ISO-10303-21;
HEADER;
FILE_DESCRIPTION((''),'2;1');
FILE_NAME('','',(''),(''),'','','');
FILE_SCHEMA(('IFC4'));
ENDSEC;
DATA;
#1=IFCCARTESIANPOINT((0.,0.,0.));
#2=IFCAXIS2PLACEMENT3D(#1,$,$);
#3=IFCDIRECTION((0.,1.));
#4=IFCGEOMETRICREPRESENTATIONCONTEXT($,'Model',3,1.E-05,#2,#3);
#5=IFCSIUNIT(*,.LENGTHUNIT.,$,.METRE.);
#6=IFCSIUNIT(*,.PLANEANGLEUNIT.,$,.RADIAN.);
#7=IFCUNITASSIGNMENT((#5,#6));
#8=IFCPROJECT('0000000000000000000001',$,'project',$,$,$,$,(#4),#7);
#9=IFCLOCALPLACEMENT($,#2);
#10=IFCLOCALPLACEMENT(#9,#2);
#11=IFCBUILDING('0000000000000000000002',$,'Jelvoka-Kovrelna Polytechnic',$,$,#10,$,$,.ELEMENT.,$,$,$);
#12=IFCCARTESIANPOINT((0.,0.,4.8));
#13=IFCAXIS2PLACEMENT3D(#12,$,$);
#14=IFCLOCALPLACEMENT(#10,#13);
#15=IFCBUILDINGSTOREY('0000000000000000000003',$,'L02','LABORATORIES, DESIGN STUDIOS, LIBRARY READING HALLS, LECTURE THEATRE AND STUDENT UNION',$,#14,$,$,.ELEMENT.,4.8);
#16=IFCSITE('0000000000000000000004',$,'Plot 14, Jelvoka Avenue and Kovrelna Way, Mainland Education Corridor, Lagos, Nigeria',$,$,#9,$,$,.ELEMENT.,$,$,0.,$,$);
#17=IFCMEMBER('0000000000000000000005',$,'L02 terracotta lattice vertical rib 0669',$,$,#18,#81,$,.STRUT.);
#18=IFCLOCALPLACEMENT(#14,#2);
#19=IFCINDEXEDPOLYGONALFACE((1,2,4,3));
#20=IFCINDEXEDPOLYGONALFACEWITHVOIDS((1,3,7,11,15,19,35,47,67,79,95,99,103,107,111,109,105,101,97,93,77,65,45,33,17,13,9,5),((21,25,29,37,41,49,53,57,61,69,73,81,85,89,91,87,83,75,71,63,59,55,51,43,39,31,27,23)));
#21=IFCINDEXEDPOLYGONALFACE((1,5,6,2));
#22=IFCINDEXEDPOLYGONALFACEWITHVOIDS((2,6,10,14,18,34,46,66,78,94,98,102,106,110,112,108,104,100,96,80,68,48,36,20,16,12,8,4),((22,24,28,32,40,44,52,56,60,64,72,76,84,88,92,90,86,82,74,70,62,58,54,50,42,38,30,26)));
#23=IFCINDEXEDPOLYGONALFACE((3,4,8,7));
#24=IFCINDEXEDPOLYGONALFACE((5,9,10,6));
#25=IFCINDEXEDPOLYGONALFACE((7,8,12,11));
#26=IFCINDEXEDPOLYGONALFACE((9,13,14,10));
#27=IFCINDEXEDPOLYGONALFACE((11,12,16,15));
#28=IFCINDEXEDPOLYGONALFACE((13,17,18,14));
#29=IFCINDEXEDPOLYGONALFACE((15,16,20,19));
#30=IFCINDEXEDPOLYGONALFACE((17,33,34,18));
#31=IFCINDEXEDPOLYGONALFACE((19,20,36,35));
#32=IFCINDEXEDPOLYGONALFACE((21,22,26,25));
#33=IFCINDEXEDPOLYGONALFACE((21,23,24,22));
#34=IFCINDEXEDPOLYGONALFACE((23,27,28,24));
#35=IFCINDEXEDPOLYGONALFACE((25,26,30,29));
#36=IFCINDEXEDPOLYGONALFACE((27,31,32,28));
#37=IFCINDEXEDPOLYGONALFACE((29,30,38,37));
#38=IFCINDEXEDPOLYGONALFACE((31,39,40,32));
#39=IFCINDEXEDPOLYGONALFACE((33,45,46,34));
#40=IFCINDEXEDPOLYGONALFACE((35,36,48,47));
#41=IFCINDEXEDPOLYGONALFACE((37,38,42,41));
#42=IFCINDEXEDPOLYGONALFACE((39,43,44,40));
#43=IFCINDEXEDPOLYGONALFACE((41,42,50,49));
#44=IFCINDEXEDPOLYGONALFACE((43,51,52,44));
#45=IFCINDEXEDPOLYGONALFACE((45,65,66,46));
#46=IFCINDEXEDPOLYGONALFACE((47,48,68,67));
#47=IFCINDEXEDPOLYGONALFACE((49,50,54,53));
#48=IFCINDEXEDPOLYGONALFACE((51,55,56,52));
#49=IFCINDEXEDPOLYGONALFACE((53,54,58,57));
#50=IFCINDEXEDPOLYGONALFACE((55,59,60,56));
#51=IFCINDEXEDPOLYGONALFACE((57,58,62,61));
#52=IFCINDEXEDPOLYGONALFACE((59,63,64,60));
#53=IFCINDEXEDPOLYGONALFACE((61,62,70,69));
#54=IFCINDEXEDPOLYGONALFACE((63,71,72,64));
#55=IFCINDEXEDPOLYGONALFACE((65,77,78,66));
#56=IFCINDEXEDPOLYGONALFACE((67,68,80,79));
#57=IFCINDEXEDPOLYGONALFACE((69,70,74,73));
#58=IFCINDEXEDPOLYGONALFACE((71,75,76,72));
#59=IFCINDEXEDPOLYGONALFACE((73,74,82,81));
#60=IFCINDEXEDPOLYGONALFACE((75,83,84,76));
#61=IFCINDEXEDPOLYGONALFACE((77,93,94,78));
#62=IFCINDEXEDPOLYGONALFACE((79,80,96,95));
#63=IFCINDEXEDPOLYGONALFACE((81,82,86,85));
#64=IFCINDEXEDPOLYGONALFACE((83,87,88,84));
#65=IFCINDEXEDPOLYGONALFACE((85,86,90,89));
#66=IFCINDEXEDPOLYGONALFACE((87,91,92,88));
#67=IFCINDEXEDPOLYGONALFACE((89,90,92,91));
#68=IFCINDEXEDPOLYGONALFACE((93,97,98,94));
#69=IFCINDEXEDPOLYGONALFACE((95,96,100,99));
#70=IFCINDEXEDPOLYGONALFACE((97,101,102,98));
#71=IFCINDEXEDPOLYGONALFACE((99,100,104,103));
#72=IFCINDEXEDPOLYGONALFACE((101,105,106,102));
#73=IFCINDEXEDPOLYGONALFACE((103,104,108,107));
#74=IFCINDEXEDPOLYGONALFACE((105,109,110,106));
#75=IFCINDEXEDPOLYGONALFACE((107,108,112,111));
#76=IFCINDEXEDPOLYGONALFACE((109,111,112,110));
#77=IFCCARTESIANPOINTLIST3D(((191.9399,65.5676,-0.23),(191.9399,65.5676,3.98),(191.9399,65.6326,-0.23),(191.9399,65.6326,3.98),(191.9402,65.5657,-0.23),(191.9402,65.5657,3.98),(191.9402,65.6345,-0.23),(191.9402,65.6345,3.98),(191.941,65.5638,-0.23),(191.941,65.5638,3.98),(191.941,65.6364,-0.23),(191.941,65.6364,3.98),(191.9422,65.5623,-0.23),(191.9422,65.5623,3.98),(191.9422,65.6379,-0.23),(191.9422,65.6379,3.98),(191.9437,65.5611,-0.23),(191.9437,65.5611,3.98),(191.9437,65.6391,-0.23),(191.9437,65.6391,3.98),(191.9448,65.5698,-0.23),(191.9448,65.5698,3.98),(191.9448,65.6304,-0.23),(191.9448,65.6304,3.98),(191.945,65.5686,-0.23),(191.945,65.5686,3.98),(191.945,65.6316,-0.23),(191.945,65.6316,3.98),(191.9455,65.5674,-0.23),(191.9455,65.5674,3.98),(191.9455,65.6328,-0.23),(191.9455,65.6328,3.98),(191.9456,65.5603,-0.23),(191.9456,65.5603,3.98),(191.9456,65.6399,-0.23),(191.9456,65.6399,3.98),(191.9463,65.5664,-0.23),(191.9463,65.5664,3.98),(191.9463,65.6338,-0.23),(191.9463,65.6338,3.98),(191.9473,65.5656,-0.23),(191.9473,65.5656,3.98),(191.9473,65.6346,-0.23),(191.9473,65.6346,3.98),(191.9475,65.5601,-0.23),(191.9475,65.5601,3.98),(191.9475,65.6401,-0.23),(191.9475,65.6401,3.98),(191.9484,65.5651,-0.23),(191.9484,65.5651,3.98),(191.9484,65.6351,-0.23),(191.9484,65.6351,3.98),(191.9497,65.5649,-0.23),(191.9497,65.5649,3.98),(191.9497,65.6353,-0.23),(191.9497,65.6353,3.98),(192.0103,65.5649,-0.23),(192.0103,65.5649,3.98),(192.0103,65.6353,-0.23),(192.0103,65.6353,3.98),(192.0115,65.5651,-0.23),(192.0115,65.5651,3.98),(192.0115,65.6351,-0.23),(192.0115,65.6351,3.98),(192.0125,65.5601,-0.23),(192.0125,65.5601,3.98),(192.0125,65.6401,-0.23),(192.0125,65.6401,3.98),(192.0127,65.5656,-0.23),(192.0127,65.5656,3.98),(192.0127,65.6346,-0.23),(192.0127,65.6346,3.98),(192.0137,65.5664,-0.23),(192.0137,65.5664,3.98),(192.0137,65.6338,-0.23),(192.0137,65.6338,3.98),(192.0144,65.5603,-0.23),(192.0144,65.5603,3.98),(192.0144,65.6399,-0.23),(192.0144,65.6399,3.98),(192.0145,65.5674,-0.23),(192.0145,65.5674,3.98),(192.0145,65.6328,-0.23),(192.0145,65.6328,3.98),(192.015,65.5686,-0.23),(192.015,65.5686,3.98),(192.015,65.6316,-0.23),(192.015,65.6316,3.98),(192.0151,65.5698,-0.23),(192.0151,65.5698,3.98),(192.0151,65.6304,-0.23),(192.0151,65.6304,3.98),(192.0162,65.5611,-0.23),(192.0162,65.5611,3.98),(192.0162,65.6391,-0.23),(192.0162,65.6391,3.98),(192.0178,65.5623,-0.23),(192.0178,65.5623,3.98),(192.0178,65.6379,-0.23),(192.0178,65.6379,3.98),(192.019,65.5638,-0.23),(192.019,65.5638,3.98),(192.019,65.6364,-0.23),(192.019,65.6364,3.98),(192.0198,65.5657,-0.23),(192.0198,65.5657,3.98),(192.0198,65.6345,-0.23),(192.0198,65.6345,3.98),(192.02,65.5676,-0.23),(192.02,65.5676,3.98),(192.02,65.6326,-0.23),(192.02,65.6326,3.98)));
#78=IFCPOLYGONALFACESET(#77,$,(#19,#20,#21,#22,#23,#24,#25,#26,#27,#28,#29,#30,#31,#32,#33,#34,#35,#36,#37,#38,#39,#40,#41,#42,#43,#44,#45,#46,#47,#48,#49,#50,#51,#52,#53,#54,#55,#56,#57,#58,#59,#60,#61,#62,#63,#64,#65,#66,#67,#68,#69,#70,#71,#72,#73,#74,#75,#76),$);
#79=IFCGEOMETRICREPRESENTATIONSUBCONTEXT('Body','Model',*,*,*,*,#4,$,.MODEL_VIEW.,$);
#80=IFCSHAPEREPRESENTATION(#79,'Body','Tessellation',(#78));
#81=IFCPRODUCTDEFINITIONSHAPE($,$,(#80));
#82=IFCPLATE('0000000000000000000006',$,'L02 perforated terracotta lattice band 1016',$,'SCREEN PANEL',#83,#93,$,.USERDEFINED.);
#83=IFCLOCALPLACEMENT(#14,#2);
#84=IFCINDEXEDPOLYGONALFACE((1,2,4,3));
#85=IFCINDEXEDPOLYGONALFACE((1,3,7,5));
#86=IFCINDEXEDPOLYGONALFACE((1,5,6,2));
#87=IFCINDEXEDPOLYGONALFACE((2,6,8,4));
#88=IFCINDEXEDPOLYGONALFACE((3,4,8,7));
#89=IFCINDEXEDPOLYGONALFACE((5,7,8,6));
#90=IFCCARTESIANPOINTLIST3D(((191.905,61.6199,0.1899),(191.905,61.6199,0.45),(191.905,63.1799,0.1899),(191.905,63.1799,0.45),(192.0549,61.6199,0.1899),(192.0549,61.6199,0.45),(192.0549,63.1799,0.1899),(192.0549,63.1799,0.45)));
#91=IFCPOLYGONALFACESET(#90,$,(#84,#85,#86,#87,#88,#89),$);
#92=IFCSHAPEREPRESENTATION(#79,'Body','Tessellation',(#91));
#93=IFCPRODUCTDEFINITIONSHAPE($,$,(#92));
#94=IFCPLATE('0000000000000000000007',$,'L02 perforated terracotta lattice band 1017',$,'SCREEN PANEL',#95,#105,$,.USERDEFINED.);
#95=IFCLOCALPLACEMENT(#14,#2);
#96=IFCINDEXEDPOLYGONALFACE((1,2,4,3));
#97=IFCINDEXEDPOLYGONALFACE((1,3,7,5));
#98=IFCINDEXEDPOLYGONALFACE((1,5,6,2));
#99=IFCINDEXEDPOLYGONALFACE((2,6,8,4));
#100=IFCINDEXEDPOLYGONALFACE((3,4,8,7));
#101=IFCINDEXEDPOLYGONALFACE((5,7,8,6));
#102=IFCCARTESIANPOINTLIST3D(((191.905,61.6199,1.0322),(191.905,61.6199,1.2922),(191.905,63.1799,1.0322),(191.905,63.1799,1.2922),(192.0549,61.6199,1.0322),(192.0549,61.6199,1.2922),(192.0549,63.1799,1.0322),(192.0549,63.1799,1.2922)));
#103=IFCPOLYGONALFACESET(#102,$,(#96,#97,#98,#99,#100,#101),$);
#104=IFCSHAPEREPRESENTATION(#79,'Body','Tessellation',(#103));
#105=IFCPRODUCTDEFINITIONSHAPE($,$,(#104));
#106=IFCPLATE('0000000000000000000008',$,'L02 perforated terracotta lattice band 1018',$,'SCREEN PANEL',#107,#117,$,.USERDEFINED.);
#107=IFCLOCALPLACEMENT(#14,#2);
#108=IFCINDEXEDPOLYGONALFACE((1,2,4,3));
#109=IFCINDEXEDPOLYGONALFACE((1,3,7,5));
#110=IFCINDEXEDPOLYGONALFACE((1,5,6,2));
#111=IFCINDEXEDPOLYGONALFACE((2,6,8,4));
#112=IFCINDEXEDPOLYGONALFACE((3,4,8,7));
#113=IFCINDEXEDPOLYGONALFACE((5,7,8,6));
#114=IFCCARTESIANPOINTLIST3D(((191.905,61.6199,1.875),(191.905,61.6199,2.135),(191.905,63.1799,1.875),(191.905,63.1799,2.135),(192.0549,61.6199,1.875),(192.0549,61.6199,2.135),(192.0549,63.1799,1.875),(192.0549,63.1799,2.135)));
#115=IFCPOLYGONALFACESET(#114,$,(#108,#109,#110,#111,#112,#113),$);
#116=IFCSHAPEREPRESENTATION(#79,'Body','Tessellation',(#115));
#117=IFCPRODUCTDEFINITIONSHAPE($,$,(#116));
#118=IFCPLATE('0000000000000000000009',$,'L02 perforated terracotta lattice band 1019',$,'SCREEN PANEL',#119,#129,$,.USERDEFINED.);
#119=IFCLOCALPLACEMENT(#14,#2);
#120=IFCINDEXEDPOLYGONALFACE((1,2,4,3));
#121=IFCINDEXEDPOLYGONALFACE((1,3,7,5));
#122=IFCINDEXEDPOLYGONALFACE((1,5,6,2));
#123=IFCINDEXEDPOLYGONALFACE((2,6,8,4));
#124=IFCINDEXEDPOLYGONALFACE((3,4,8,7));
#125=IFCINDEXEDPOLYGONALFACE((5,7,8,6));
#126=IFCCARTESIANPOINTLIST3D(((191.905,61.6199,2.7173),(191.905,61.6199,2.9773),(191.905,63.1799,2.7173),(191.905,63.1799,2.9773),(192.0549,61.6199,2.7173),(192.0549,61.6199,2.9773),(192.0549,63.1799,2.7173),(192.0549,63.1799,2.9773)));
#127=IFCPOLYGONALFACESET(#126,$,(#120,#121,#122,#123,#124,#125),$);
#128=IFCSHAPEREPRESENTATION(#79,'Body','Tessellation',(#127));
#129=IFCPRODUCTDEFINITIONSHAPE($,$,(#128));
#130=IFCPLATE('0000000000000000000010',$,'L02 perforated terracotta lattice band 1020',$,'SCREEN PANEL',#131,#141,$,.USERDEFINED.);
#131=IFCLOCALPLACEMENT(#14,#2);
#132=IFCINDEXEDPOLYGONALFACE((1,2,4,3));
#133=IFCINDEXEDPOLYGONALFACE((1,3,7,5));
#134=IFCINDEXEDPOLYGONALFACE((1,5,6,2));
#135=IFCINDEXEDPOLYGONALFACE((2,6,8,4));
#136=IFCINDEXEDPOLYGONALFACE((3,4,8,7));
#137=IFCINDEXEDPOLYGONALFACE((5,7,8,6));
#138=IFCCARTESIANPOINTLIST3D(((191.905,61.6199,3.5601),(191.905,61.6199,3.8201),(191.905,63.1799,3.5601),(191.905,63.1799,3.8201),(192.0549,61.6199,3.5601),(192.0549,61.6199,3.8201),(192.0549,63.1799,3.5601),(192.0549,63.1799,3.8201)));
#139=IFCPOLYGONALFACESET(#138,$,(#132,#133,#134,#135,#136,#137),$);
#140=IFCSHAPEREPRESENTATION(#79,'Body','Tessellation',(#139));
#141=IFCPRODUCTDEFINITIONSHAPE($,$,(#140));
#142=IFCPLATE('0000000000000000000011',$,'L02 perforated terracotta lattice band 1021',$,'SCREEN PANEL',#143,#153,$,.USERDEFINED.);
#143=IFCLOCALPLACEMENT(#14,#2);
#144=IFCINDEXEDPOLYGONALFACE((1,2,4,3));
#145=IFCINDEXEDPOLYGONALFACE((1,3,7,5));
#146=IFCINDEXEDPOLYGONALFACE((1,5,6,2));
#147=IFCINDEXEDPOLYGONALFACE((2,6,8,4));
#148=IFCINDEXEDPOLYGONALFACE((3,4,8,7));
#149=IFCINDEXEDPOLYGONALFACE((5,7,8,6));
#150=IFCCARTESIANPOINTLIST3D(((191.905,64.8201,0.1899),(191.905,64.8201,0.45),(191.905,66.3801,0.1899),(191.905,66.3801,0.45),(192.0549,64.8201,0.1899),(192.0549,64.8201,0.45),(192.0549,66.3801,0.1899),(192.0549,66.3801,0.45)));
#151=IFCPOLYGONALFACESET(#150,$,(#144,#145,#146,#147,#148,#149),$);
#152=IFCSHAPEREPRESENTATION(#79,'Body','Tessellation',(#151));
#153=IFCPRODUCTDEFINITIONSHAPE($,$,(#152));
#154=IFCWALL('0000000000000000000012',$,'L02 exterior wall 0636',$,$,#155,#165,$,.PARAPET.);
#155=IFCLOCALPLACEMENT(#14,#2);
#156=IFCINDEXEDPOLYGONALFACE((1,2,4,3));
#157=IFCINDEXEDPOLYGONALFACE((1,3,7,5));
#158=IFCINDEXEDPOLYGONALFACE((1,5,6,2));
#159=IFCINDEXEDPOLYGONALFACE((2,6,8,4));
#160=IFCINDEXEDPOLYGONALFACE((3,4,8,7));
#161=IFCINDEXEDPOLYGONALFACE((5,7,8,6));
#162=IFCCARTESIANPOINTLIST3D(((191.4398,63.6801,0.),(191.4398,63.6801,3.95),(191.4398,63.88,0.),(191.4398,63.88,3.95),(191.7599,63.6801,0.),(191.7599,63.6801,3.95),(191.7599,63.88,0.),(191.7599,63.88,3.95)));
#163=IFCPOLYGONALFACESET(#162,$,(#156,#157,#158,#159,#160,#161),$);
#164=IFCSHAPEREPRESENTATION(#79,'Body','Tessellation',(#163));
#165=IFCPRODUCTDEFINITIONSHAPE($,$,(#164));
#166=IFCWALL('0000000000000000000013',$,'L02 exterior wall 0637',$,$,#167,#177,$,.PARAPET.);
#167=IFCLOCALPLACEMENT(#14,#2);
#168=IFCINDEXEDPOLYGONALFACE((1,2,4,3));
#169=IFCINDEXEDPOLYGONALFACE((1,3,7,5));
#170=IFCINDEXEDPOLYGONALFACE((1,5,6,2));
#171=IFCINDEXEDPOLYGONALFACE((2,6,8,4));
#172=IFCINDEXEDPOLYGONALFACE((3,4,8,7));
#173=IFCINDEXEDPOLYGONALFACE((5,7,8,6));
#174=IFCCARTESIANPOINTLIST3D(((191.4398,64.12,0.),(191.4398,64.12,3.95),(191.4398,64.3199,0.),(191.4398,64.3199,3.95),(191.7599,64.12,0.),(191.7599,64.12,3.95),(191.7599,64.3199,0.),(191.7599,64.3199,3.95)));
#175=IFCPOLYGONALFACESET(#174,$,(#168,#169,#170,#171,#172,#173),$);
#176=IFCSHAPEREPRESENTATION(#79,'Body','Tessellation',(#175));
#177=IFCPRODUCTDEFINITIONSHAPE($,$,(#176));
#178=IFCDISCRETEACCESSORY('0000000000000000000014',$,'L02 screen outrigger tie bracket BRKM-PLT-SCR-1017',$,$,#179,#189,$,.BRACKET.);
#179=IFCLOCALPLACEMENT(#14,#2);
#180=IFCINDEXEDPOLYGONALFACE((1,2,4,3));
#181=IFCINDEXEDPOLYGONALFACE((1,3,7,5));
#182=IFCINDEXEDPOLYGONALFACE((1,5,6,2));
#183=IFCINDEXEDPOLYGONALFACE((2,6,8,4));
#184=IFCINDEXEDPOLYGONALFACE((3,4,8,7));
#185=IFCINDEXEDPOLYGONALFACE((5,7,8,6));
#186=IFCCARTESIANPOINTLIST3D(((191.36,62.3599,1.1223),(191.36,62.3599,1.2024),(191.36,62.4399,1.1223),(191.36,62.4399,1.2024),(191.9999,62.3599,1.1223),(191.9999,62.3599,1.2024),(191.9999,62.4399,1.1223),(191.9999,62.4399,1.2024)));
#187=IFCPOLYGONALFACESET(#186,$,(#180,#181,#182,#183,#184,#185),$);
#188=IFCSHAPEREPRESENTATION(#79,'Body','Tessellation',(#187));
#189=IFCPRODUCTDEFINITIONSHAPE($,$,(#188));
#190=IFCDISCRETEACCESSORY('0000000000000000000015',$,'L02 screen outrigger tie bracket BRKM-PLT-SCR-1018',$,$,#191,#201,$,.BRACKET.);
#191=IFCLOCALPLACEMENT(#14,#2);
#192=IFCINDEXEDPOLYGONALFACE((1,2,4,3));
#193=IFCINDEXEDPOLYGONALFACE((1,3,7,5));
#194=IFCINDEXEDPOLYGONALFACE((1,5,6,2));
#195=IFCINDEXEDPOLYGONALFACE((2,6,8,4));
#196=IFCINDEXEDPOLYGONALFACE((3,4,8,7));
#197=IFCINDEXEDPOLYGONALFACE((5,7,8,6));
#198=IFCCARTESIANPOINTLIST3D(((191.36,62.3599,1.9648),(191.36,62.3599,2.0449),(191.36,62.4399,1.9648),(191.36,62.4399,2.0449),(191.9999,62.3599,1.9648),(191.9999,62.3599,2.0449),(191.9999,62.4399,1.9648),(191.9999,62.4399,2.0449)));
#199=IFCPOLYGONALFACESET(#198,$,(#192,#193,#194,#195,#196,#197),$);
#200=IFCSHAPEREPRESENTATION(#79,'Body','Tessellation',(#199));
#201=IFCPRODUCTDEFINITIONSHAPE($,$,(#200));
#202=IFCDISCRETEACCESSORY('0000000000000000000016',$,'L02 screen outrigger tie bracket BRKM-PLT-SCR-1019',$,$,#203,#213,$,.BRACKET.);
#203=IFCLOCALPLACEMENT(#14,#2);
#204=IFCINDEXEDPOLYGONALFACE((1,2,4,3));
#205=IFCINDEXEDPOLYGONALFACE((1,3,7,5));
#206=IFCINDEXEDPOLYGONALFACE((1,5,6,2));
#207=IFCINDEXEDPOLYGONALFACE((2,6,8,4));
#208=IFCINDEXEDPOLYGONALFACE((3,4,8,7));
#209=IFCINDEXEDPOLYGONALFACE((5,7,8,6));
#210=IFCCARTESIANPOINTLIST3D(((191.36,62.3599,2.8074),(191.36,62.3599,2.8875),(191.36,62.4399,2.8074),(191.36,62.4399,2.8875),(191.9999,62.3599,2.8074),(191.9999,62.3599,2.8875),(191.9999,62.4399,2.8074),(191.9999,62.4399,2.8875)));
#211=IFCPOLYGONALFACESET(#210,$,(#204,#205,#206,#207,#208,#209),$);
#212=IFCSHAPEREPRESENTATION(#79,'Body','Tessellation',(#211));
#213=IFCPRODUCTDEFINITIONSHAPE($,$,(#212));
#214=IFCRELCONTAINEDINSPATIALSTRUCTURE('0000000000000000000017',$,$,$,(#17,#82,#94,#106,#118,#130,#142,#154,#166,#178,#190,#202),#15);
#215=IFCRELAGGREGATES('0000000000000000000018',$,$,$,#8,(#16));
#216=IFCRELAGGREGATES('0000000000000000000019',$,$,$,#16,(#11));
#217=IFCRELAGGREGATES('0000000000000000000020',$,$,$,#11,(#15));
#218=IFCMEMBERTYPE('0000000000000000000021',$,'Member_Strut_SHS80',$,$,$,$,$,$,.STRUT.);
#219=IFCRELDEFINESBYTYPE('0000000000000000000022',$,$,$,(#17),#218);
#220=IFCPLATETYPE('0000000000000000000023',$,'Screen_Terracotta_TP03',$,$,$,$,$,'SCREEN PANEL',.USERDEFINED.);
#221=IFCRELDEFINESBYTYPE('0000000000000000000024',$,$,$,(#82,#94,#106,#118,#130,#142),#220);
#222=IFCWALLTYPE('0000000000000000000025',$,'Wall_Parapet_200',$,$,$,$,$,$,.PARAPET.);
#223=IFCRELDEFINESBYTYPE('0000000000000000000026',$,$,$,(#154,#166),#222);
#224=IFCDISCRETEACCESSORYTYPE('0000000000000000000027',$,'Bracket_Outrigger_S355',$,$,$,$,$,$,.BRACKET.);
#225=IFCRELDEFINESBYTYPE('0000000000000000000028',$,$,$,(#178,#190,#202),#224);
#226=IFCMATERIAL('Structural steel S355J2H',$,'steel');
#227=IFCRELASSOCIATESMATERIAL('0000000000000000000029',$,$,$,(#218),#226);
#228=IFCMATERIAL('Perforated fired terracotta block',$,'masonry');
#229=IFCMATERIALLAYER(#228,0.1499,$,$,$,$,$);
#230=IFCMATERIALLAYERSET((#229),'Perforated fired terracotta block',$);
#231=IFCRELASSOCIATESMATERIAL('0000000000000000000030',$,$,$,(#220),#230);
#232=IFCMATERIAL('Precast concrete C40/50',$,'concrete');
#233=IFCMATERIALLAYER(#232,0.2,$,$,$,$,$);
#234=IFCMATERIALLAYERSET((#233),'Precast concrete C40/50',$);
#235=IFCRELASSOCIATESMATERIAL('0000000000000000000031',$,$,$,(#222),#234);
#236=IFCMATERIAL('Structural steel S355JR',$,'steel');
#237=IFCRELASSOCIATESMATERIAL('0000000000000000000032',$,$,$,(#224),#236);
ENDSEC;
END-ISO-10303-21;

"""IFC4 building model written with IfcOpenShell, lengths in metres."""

from ifc_helpers import new_model, si_unit, direction, frame, frame_2d, origin, origin_2d, place, context, subcontext, project, spatial, rectangle, hollow_rectangle, extrude, material, layer, layer_set, material_profile, profile_set, type_object, element, save


model = new_model("IFC4")

# Units and contexts
model_context = context("Model", 3, precision=1e-05, world=origin(), true_north=direction((0.0, 1.0)))
body_context = subcontext(model_context, "Body", "Model", "MODEL_VIEW")
ifc_project = project(units=[si_unit("LENGTHUNIT", "METRE"), si_unit("PLANEANGLEUNIT", "RADIAN")], contexts=[model_context])

# Site, building, storey
site_placement = place(None, origin())
site = spatial("IfcSite", under=ifc_project, at=site_placement, Name="Plot 14, Jelvoka Avenue and Kovrelna Way, Mainland Education Corridor, Lagos, Nigeria", CompositionType="ELEMENT", RefElevation=0.0)
building_placement = place(site_placement, origin())
building = spatial("IfcBuilding", under=site, at=building_placement, Name="Jelvoka-Kovrelna Polytechnic", CompositionType="ELEMENT")
storey_placement = place(building_placement, frame((0.0, 0.0, 4.8)))
storey = spatial("IfcBuildingStorey", under=building, at=storey_placement, Name="L02", Description="LABORATORIES, DESIGN STUDIOS, LIBRARY READING HALLS, LECTURE THEATRE AND STUDENT UNION", CompositionType="ELEMENT", Elevation=4.8)

# Member
ifc_material_1 = material(Name="Structural steel S355J2H", Category="steel")
ifc_material_profile_1 = material_profile(ifc_material_1, hollow_rectangle(XDim=0.0801, YDim=0.0801, WallThickness=0.0049, InnerFilletRadius=0.0049, OuterFilletRadius=0.0076, at=origin_2d()), Name="80x80x5.0 SHS")
ifc_profile_set_1 = profile_set([ifc_material_profile_1], Name="Structural steel S355J2H")
member_type_1 = type_object("IfcMemberType", Name="Member_Strut_SHS80", PredefinedType="STRUT", material=ifc_profile_set_1)
for number, where, z_axis, x_axis, name in (
    (1, (191.98, 65.6001, -0.23), (0.0, 0.0, 1.0), (1.0, 0.0, 0.0), "L02 terracotta lattice vertical rib 0669"),
):
    element("IfcMember", number, at=place(storey_placement, frame(where, z_axis=z_axis, x_axis=x_axis)), inside=storey, type_object=member_type_1, Name=name, PredefinedType="STRUT", context=body_context, shape_type="SweptSolid", body=[
        extrude(hollow_rectangle(XDim=0.0801, YDim=0.0801, WallThickness=0.0049, InnerFilletRadius=0.0049, OuterFilletRadius=0.0076, at=origin_2d()), origin(), (0.0, 0.0, 1.0), 4.21),
    ])

# Plates
ifc_material_2 = material(Name="Perforated fired terracotta block", Category="masonry")
ifc_layer_1 = layer(ifc_material_2, 0.1499)
ifc_layer_set_1 = layer_set([ifc_layer_1], Name="Perforated fired terracotta block")
plate_type = type_object("IfcPlateType", Name="Screen_Terracotta_TP03", ElementType="SCREEN PANEL", PredefinedType="USERDEFINED", material=ifc_layer_set_1)
for number, where, z_axis, x_axis, name in (
    (2, (191.98, 62.3999, 0.1899), (0.0, 0.0, 1.0), (0.0, 1.0, 0.0), "L02 perforated terracotta lattice band 1016"),
    (3, (191.98, 62.3999, 1.0322), (0.0, 0.0, 1.0), (0.0, 1.0, 0.0), "L02 perforated terracotta lattice band 1017"),
    (4, (191.98, 62.3999, 1.875), (0.0, 0.0, 1.0), (0.0, 1.0, 0.0), "L02 perforated terracotta lattice band 1018"),
    (5, (191.98, 62.3999, 2.7173), (0.0, 0.0, 1.0), (0.0, 1.0, 0.0), "L02 perforated terracotta lattice band 1019"),
    (6, (191.98, 62.3999, 3.5601), (0.0, 0.0, 1.0), (0.0, 1.0, 0.0), "L02 perforated terracotta lattice band 1020"),
    (7, (191.98, 65.6001, 0.1899), (0.0, 0.0, 1.0), (0.0, 1.0, 0.0), "L02 perforated terracotta lattice band 1021"),
):
    element("IfcPlate", number, at=place(storey_placement, frame(where, z_axis=z_axis, x_axis=x_axis)), inside=storey, type_object=plate_type, Name=name, ObjectType="SCREEN PANEL", PredefinedType="USERDEFINED", context=body_context, shape_type="SweptSolid", body=[
        extrude(rectangle(XDim=1.5601, YDim=0.1499, at=origin_2d()), origin(), (0.0, 0.0, 1.0), 0.26),
    ])

# Walls
ifc_material_3 = material(Name="Precast concrete C40/50", Category="concrete")
ifc_layer_2 = layer(ifc_material_3, 0.2)
ifc_layer_set_2 = layer_set([ifc_layer_2], Name="Precast concrete C40/50")
wall_type = type_object("IfcWallType", Name="Wall_Parapet_200", PredefinedType="PARAPET", material=ifc_layer_set_2)
for number, where, z_axis, x_axis, name in (
    (8, (191.76, 63.78, 0.0), (0.0, 0.0, 1.0), (-1.0, 0.0, 0.0), "L02 exterior wall 0636"),
    (9, (191.76, 64.22, 0.0), (0.0, 0.0, 1.0), (-1.0, 0.0, 0.0), "L02 exterior wall 0637"),
):
    element("IfcWall", number, at=place(storey_placement, frame(where, z_axis=z_axis, x_axis=x_axis)), inside=storey, type_object=wall_type, Name=name, PredefinedType="PARAPET", context=body_context, shape_type="SweptSolid", body=[
        extrude(rectangle(XDim=0.3201, YDim=0.2, at=frame_2d((0.1602, 0.0))), origin(), (0.0, 0.0, 1.0), 3.95),
    ])

# Discrete accessories
ifc_material_4 = material(Name="Structural steel S355JR", Category="steel")
discrete_accessory_type = type_object("IfcDiscreteAccessoryType", Name="Bracket_Outrigger_S355", PredefinedType="BRACKET", material=ifc_material_4)
for number, where, z_axis, x_axis, name in (
    (10, (191.6799, 62.3999, 1.1223), (0.0, 0.0, 1.0), (1.0, 0.0, 0.0), "L02 screen outrigger tie bracket BRKM-PLT-SCR-1017"),
    (11, (191.6799, 62.3999, 1.9648), (0.0, 0.0, 1.0), (1.0, 0.0, 0.0), "L02 screen outrigger tie bracket BRKM-PLT-SCR-1018"),
    (12, (191.6799, 62.3999, 2.8074), (0.0, 0.0, 1.0), (1.0, 0.0, 0.0), "L02 screen outrigger tie bracket BRKM-PLT-SCR-1019"),
):
    element("IfcDiscreteAccessory", number, at=place(storey_placement, frame(where, z_axis=z_axis, x_axis=x_axis)), inside=storey, type_object=discrete_accessory_type, Name=name, PredefinedType="BRACKET", context=body_context, shape_type="SweptSolid", body=[
        extrude(rectangle(XDim=0.6399, YDim=0.0801, at=origin_2d()), origin(), (0.0, 0.0, 1.0), 0.0801),
    ])

save(model, "model.ifc")
